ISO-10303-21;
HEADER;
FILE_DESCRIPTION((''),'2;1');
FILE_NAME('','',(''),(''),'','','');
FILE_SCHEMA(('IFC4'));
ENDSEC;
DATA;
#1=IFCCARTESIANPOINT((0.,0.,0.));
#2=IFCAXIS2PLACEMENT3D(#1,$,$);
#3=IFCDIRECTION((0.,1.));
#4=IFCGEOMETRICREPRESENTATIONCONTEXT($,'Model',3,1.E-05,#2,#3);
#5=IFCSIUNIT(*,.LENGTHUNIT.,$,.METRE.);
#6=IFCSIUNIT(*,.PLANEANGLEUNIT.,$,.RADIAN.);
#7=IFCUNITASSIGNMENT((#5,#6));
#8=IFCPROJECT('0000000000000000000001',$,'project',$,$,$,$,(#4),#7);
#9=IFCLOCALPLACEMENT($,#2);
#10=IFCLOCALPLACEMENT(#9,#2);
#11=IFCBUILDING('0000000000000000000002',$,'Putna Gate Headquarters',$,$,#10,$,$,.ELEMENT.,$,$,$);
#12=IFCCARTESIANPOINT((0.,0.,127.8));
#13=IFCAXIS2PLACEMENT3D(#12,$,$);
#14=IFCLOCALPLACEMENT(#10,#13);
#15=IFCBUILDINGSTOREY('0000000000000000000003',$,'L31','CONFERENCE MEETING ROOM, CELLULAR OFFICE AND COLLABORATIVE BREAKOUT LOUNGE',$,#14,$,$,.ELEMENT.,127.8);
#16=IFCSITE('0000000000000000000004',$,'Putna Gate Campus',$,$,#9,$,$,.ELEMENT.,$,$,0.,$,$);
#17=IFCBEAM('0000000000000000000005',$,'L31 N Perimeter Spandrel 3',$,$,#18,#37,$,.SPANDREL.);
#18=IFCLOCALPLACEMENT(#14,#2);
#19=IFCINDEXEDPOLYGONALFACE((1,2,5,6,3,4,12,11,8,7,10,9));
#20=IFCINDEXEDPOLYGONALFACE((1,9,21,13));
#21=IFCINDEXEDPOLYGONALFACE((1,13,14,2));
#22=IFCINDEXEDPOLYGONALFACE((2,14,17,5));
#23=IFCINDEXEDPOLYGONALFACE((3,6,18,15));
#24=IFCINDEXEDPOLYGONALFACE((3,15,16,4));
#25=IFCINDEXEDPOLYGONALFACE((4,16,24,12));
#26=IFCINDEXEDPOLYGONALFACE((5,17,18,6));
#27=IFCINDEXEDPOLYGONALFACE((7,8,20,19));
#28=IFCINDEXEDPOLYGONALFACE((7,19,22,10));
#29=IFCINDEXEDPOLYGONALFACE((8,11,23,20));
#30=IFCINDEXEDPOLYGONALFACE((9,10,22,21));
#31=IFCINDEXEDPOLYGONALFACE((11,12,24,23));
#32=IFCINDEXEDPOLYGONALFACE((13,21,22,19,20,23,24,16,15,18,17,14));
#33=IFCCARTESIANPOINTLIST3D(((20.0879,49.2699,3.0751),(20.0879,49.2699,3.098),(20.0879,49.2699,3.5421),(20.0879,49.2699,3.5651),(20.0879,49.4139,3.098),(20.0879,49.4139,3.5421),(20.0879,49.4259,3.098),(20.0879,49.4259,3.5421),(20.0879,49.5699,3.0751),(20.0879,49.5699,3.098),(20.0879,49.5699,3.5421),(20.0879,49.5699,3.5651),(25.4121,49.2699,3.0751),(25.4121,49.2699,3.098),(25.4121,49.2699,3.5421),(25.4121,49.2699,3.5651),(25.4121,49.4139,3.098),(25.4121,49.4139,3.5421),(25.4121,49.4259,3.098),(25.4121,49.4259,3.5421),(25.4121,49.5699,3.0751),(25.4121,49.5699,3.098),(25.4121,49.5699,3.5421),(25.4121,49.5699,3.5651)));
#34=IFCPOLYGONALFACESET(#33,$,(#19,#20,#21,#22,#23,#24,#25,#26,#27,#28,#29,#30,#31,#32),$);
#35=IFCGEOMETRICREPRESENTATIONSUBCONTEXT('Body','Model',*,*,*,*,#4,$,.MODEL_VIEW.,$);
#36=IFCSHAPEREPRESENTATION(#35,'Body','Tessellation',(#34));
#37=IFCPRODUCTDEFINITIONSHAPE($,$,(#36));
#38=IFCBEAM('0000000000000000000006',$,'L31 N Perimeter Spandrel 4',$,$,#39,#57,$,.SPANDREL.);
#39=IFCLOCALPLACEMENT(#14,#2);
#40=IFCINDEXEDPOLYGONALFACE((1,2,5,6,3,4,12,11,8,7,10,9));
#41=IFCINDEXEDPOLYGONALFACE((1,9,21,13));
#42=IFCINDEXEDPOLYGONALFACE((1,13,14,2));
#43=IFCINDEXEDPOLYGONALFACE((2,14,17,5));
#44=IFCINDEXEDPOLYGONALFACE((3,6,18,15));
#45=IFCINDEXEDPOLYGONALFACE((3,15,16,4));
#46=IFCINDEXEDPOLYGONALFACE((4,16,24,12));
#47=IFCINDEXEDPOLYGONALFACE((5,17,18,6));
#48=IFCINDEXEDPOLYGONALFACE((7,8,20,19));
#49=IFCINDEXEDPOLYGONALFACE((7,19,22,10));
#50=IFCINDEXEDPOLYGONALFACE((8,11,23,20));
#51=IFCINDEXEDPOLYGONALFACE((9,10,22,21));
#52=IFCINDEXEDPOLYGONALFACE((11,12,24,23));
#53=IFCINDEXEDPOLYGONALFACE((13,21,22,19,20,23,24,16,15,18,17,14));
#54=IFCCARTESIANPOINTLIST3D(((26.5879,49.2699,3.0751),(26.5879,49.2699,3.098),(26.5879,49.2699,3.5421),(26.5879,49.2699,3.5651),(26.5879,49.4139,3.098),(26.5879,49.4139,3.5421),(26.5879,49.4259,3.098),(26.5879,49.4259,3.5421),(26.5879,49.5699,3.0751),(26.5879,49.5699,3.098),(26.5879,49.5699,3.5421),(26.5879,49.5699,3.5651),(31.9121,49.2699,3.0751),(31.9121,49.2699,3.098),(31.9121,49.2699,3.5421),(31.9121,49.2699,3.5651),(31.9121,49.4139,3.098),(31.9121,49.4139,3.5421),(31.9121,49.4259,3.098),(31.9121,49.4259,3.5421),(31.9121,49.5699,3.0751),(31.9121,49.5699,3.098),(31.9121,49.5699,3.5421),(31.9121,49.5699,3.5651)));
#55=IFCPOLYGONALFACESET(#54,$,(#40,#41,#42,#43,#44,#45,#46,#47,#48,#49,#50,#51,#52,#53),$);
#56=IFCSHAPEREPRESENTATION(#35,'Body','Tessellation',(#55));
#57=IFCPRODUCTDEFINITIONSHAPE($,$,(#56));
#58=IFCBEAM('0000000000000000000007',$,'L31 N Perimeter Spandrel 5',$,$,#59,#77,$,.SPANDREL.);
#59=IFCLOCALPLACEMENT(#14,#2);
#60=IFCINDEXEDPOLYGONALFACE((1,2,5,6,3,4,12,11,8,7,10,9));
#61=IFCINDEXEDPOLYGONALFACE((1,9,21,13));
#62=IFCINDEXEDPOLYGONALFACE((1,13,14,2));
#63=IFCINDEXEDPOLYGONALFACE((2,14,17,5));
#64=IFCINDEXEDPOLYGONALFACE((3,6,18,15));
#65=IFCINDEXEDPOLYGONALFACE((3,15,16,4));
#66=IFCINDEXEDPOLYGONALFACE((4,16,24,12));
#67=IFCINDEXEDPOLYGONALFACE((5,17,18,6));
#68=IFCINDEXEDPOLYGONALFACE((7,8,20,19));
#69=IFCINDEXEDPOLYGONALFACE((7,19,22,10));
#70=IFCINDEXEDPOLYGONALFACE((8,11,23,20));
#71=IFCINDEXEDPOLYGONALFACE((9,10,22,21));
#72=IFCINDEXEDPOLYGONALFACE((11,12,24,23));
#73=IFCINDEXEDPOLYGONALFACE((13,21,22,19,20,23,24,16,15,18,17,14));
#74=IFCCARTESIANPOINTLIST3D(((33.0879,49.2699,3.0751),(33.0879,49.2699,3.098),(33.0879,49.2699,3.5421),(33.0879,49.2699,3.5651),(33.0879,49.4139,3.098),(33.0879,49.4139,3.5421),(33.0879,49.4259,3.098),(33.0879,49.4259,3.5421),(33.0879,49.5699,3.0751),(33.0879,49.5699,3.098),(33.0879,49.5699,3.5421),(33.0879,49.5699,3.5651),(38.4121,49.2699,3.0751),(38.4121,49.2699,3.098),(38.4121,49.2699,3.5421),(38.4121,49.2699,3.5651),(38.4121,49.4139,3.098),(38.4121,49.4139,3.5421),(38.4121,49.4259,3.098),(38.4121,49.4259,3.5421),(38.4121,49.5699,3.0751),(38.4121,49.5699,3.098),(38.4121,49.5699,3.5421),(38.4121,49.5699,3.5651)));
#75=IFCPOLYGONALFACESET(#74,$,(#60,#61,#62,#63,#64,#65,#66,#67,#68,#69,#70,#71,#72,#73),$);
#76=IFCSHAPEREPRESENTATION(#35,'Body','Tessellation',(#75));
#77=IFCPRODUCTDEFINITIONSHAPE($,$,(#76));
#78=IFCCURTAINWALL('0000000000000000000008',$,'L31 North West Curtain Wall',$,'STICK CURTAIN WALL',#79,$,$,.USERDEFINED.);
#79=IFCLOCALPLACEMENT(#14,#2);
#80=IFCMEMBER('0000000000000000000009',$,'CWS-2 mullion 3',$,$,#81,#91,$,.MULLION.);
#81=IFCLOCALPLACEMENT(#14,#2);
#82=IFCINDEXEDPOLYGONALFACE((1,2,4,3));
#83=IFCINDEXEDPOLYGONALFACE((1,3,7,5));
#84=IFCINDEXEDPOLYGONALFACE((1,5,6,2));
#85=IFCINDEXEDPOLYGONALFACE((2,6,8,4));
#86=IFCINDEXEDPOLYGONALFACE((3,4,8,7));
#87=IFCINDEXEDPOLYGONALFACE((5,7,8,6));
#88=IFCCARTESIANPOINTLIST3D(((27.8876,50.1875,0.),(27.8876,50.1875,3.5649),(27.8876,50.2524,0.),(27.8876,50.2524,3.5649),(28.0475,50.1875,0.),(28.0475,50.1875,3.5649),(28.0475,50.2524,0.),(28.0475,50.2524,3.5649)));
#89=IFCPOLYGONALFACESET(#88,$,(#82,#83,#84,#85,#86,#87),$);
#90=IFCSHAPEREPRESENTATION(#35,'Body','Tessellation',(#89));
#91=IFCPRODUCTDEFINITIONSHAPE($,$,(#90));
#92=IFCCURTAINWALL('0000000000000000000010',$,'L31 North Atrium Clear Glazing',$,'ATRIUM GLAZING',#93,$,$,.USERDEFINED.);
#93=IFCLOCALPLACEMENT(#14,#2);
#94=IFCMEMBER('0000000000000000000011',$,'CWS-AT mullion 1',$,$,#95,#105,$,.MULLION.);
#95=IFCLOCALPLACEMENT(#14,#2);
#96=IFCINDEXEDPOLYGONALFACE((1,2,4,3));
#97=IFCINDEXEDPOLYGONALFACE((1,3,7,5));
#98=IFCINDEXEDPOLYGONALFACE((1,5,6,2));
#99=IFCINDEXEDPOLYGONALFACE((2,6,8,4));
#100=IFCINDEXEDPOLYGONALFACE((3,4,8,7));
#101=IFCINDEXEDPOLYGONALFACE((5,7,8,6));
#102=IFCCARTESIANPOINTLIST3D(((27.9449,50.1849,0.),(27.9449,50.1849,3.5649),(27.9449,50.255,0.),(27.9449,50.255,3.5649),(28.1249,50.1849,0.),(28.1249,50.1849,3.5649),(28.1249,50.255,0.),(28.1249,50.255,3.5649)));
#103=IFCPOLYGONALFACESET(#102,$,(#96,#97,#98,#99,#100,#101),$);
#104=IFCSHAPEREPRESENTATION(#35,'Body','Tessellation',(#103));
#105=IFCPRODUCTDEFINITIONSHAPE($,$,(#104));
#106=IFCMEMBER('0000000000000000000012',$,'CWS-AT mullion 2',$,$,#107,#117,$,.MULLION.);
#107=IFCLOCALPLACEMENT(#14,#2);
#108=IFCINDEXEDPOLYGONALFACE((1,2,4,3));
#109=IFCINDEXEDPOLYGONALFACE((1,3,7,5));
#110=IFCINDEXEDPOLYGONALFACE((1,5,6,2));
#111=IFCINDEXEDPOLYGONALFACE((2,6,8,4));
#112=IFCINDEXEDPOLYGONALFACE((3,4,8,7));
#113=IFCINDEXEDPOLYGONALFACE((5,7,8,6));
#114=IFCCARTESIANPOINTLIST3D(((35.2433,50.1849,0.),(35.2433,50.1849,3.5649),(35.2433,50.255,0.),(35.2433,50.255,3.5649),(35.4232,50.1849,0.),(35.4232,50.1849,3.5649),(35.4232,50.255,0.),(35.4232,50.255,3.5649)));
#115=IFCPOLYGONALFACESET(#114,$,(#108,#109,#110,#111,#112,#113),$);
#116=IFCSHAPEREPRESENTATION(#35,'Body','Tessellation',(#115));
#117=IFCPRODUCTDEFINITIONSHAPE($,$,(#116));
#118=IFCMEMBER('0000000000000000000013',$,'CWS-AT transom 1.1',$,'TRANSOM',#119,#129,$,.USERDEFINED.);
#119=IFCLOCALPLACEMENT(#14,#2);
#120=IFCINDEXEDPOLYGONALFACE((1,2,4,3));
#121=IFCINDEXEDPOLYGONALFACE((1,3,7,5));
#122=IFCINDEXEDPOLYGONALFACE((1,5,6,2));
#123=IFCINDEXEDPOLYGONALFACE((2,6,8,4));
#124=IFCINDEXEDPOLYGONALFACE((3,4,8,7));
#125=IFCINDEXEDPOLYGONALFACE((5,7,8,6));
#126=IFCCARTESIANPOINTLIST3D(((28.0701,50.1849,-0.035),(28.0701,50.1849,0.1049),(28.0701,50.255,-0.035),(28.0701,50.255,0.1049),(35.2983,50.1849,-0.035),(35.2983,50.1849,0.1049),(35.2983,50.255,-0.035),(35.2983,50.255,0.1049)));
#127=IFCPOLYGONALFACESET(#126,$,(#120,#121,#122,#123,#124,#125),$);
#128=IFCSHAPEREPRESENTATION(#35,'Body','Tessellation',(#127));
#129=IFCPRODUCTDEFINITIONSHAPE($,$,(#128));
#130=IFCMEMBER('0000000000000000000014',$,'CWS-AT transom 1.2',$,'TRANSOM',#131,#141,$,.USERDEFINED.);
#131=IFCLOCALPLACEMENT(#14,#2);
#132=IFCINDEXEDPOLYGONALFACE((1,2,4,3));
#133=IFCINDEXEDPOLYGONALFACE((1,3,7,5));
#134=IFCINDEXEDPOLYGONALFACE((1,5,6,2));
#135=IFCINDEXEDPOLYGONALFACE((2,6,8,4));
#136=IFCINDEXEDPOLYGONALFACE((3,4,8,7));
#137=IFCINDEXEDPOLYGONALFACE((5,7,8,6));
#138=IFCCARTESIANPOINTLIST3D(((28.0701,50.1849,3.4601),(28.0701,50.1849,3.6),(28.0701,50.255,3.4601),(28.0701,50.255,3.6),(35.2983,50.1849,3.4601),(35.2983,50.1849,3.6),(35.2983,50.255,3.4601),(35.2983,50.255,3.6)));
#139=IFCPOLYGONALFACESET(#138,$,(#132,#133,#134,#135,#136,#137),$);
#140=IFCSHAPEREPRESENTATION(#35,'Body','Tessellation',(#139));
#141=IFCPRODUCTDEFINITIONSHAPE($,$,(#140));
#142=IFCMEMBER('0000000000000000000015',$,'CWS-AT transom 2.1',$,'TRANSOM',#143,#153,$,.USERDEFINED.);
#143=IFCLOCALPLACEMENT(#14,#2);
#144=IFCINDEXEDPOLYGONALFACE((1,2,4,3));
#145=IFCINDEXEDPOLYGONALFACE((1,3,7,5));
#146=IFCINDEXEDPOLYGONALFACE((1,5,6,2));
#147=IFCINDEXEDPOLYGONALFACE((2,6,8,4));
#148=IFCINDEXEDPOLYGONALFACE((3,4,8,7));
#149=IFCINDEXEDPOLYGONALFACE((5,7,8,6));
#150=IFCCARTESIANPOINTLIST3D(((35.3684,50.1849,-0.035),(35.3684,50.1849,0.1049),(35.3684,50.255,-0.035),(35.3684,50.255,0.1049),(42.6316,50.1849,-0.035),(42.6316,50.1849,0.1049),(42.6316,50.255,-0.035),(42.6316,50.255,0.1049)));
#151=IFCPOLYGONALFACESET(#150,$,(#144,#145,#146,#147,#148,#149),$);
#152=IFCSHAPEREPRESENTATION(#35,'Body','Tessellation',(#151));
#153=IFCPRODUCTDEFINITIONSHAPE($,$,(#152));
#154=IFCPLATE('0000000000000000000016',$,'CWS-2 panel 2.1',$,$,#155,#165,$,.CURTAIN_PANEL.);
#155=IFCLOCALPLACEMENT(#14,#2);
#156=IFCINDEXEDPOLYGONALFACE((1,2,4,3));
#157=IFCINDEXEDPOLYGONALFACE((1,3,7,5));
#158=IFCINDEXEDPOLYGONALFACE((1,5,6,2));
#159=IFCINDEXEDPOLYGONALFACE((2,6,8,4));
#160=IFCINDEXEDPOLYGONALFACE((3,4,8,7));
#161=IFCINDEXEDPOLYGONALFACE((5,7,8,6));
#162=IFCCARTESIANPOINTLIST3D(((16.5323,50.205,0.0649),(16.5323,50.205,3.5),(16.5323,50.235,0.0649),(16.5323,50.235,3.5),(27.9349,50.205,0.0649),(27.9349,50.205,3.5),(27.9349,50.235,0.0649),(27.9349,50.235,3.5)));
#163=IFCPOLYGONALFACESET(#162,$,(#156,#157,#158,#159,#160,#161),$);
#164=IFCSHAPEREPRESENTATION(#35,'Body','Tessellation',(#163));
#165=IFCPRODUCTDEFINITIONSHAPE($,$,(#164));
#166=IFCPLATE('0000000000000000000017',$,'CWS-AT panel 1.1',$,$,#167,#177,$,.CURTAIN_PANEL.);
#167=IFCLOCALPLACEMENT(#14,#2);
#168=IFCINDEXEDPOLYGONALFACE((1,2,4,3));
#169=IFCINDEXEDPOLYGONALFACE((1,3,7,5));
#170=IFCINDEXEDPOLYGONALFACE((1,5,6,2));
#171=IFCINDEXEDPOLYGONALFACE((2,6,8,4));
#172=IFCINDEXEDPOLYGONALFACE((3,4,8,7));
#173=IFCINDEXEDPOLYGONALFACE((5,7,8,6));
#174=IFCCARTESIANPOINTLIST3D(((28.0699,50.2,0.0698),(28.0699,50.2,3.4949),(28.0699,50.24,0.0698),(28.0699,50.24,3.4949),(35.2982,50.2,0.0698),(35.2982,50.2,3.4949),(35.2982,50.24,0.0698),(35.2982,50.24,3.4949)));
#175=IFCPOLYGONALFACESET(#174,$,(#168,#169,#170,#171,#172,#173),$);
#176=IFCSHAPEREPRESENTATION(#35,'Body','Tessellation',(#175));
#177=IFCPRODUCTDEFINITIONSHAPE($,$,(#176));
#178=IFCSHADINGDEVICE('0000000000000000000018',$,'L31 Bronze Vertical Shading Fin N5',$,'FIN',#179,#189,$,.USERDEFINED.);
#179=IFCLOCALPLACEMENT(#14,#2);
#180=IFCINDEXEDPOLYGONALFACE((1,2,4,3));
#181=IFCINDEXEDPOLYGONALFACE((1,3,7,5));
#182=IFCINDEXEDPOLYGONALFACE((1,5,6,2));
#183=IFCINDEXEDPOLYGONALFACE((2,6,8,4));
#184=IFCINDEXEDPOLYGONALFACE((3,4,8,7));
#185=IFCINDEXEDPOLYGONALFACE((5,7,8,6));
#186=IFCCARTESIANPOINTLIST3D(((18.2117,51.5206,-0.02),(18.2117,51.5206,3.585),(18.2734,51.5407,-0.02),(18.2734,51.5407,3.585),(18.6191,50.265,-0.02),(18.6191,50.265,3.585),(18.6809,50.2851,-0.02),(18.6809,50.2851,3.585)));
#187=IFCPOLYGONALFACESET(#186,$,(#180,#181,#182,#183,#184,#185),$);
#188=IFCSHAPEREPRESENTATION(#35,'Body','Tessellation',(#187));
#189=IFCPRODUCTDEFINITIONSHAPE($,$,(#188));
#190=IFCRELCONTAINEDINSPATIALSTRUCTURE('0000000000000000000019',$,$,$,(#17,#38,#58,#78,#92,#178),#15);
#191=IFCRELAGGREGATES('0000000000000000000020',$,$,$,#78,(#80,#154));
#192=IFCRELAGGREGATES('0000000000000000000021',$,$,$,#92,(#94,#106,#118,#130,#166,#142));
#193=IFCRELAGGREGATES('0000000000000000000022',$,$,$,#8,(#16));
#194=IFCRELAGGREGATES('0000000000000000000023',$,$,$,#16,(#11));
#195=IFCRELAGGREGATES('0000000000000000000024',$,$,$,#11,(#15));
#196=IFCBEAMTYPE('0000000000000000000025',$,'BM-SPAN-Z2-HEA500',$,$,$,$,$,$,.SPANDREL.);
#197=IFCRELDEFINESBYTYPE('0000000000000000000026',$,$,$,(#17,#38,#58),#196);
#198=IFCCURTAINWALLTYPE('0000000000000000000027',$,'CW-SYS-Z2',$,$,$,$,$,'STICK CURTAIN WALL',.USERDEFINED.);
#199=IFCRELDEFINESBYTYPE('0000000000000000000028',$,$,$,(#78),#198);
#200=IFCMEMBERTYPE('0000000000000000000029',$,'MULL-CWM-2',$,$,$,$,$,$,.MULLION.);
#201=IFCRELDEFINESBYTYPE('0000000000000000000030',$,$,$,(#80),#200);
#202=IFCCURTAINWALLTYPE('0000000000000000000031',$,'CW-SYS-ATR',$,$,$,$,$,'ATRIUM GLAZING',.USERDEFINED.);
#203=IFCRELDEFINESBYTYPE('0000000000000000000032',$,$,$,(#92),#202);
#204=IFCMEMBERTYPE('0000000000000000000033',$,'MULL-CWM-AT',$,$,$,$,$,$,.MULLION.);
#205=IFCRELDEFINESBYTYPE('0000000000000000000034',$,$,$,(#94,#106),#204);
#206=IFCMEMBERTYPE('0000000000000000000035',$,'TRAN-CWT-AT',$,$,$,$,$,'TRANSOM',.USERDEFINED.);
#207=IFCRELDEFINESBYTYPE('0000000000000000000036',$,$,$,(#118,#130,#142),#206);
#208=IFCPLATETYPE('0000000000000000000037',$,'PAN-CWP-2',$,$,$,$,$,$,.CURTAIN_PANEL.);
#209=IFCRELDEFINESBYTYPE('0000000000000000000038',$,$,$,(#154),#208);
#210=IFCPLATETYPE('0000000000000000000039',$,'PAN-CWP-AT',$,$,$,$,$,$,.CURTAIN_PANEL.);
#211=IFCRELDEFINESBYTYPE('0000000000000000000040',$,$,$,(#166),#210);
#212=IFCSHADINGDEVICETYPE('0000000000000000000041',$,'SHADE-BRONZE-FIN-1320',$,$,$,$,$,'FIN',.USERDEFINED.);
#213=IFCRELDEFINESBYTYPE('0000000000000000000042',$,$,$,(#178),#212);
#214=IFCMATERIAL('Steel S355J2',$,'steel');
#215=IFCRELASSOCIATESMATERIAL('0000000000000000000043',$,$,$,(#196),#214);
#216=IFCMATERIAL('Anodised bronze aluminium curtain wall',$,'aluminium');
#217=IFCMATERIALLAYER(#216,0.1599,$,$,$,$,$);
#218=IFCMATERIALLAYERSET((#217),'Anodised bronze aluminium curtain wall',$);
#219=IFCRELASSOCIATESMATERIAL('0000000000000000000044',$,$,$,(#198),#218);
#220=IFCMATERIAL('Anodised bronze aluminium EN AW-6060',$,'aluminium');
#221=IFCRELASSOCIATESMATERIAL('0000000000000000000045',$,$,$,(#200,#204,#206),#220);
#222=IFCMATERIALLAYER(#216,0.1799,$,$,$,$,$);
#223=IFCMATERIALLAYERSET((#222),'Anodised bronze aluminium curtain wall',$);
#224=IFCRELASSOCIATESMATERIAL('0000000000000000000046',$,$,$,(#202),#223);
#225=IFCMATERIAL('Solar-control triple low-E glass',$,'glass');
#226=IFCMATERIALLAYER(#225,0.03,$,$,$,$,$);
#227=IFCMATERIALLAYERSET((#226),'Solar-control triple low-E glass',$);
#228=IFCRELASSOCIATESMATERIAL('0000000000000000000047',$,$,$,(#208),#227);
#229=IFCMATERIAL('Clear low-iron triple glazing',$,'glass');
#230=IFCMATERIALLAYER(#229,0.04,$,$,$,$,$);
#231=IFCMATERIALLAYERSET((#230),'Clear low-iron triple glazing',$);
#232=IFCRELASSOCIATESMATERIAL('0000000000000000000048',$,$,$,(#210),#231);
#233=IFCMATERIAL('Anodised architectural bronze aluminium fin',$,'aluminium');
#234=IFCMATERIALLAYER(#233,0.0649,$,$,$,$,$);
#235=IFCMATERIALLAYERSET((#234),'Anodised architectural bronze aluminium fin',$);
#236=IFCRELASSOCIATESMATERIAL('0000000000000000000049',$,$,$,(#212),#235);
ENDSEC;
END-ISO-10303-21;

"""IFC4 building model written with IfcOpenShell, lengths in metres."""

from ifc_helpers import new_model, si_unit, direction, frame, origin, origin_2d, place, context, subcontext, project, spatial, rectangle, i_section, extrude, material, layer, layer_set, material_profile, profile_set, type_object, element, aggregate, save


model = new_model("IFC4")

# Units and contexts
model_context = context("Model", 3, precision=1e-05, world=origin(), true_north=direction((0.0, 1.0)))
body_context = subcontext(model_context, "Body", "Model", "MODEL_VIEW")
ifc_project = project(units=[si_unit("LENGTHUNIT", "METRE"), si_unit("PLANEANGLEUNIT", "RADIAN")], contexts=[model_context])

# Site, building, storey
site_placement = place(None, origin())
site = spatial("IfcSite", under=ifc_project, at=site_placement, Name="Putna Gate Campus", CompositionType="ELEMENT", RefElevation=0.0)
building_placement = place(site_placement, origin())
building = spatial("IfcBuilding", under=site, at=building_placement, Name="Putna Gate Headquarters", CompositionType="ELEMENT")
storey_placement = place(building_placement, frame((0.0, 0.0, 127.8)))
storey = spatial("IfcBuildingStorey", under=building, at=storey_placement, Name="L31", Description="CONFERENCE MEETING ROOM, CELLULAR OFFICE AND COLLABORATIVE BREAKOUT LOUNGE", CompositionType="ELEMENT", Elevation=127.8)

# Beams
ifc_material_1 = material(Name="Steel S355J2", Category="steel")
ifc_material_profile_1 = material_profile(ifc_material_1, i_section(OverallWidth=0.3, OverallDepth=0.49, WebThickness=0.012, FlangeThickness=0.0229, at=origin_2d()), Name="Steel S355J2")
ifc_profile_set_1 = profile_set([ifc_material_profile_1], Name="Steel S355J2")
beam_type_1 = type_object("IfcBeamType", Name="BM-SPAN-Z2-HEA500", PredefinedType="SPANDREL", material=ifc_profile_set_1)
for number, where, z_axis, x_axis, name in (
    (1, (20.0879, 49.4199, 3.3201), (1.0, 0.0, 0.0), (0.0, 1.0, 0.0), "L31 N Perimeter Spandrel 3"),
    (2, (26.5879, 49.4199, 3.3201), (1.0, 0.0, 0.0), (0.0, 1.0, 0.0), "L31 N Perimeter Spandrel 4"),
    (3, (33.0879, 49.4199, 3.3201), (1.0, 0.0, 0.0), (0.0, 1.0, 0.0), "L31 N Perimeter Spandrel 5"),
):
    element("IfcBeam", number, at=place(storey_placement, frame(where, z_axis=z_axis, x_axis=x_axis)), inside=storey, type_object=beam_type_1, Name=name, PredefinedType="SPANDREL", context=body_context, shape_type="SweptSolid", body=[
        extrude(i_section(OverallWidth=0.3, OverallDepth=0.49, WebThickness=0.012, FlangeThickness=0.0229, at=origin_2d()), origin(), (0.0, 0.0, 1.0), 5.3242),
    ])

# Curtain wall, member
ifc_material_2 = material(Name="Anodised bronze aluminium curtain wall", Category="aluminium")
ifc_layer_1 = layer(ifc_material_2, 0.1599)
ifc_layer_set_1 = layer_set([ifc_layer_1], Name="Anodised bronze aluminium curtain wall")
curtain_wall_type_1 = type_object("IfcCurtainWallType", Name="CW-SYS-Z2", ElementType="STICK CURTAIN WALL", PredefinedType="USERDEFINED", material=ifc_layer_set_1)
curtain_wall_1_placement = place(storey_placement, origin())
curtain_wall_1 = element("IfcCurtainWall", 4, at=curtain_wall_1_placement, inside=storey, type_object=curtain_wall_type_1, Name="L31 North West Curtain Wall", ObjectType="STICK CURTAIN WALL", PredefinedType="USERDEFINED")
ifc_material_3 = material(Name="Anodised bronze aluminium EN AW-6060", Category="aluminium")
ifc_material_profile_2 = material_profile(ifc_material_3, rectangle(XDim=0.0649, YDim=0.1599, at=origin_2d()), Name="Anodised bronze aluminium EN AW-6060")
ifc_profile_set_2 = profile_set([ifc_material_profile_2], Name="Anodised bronze aluminium EN AW-6060")
member_type_1 = type_object("IfcMemberType", Name="MULL-CWM-2", PredefinedType="MULLION", material=ifc_profile_set_2)
member_1_placement = place(storey_placement, frame((27.9675, 50.22, 0.0), z_axis=(0.0, 0.0, 1.0), x_axis=(0.0, 1.0, 0.0)))
member_1 = element("IfcMember", 5, at=member_1_placement, type_object=member_type_1, Name="CWS-2 mullion 3", PredefinedType="MULLION", context=body_context, shape_type="SweptSolid", body=[
    extrude(rectangle(XDim=0.0649, YDim=0.1599, at=origin_2d()), origin(), (0.0, 0.0, 1.0), 3.5649),
])

# Curtain wall, members
ifc_layer_2 = layer(ifc_material_2, 0.1799)
ifc_layer_set_2 = layer_set([ifc_layer_2], Name="Anodised bronze aluminium curtain wall")
curtain_wall_type_2 = type_object("IfcCurtainWallType", Name="CW-SYS-ATR", ElementType="ATRIUM GLAZING", PredefinedType="USERDEFINED", material=ifc_layer_set_2)
curtain_wall_2_placement = place(storey_placement, origin())
curtain_wall_2 = element("IfcCurtainWall", 6, at=curtain_wall_2_placement, inside=storey, type_object=curtain_wall_type_2, Name="L31 North Atrium Clear Glazing", ObjectType="ATRIUM GLAZING", PredefinedType="USERDEFINED")
ifc_material_profile_3 = material_profile(ifc_material_3, rectangle(XDim=0.0701, YDim=0.1799, at=origin_2d()), Name="Anodised bronze aluminium EN AW-6060")
ifc_profile_set_3 = profile_set([ifc_material_profile_3], Name="Anodised bronze aluminium EN AW-6060")
member_type_2 = type_object("IfcMemberType", Name="MULL-CWM-AT", PredefinedType="MULLION", material=ifc_profile_set_3)
member_2_placement = place(storey_placement, frame((28.0349, 50.22, 0.0), z_axis=(0.0, 0.0, 1.0), x_axis=(0.0, 1.0, 0.0)))
member_2 = element("IfcMember", 7, at=member_2_placement, type_object=member_type_2, Name="CWS-AT mullion 1", PredefinedType="MULLION", context=body_context, shape_type="SweptSolid", body=[
    extrude(rectangle(XDim=0.0701, YDim=0.1799, at=origin_2d()), origin(), (0.0, 0.0, 1.0), 3.5649),
])
member_3_placement = place(storey_placement, frame((35.3333, 50.22, 0.0), z_axis=(0.0, 0.0, 1.0), x_axis=(0.0, 1.0, 0.0)))
member_3 = element("IfcMember", 8, at=member_3_placement, type_object=member_type_2, Name="CWS-AT mullion 2", PredefinedType="MULLION", context=body_context, shape_type="SweptSolid", body=[
    extrude(rectangle(XDim=0.0701, YDim=0.1799, at=origin_2d()), origin(), (0.0, 0.0, 1.0), 3.5649),
])
ifc_material_profile_4 = material_profile(ifc_material_3, rectangle(XDim=0.0701, YDim=0.1399, at=origin_2d()), Name="Anodised bronze aluminium EN AW-6060")
ifc_profile_set_4 = profile_set([ifc_material_profile_4], Name="Anodised bronze aluminium EN AW-6060")
member_type_3 = type_object("IfcMemberType", Name="TRAN-CWT-AT", ElementType="TRANSOM", PredefinedType="USERDEFINED", material=ifc_profile_set_4)
member_4_placement = place(storey_placement, frame((28.0701, 50.22, 0.0349), z_axis=(1.0, 0.0, 0.0), x_axis=(0.0, 1.0, 0.0)))
member_4 = element("IfcMember", 9, at=member_4_placement, type_object=member_type_3, Name="CWS-AT transom 1.1", ObjectType="TRANSOM", PredefinedType="USERDEFINED", context=body_context, shape_type="SweptSolid", body=[
    extrude(rectangle(XDim=0.0701, YDim=0.1399, at=origin_2d()), origin(), (0.0, 0.0, 1.0), 7.2283),
])
member_5_placement = place(storey_placement, frame((28.0701, 50.22, 3.53), z_axis=(1.0, 0.0, 0.0), x_axis=(0.0, 1.0, 0.0)))
member_5 = element("IfcMember", 10, at=member_5_placement, type_object=member_type_3, Name="CWS-AT transom 1.2", ObjectType="TRANSOM", PredefinedType="USERDEFINED", context=body_context, shape_type="SweptSolid", body=[
    extrude(rectangle(XDim=0.0701, YDim=0.1399, at=origin_2d()), origin(), (0.0, 0.0, 1.0), 7.2283),
])
member_6_placement = place(storey_placement, frame((35.3684, 50.22, 0.0349), z_axis=(1.0, 0.0, 0.0), x_axis=(0.0, 1.0, 0.0)))
member_6 = element("IfcMember", 11, at=member_6_placement, type_object=member_type_3, Name="CWS-AT transom 2.1", ObjectType="TRANSOM", PredefinedType="USERDEFINED", context=body_context, shape_type="SweptSolid", body=[
    extrude(rectangle(XDim=0.0701, YDim=0.1399, at=origin_2d()), origin(), (0.0, 0.0, 1.0), 7.2632),
])

# Plates
ifc_material_4 = material(Name="Solar-control triple low-E glass", Category="glass")
ifc_layer_3 = layer(ifc_material_4, 0.03)
ifc_layer_set_3 = layer_set([ifc_layer_3], Name="Solar-control triple low-E glass")
plate_type_1 = type_object("IfcPlateType", Name="PAN-CWP-2", PredefinedType="CURTAIN_PANEL", material=ifc_layer_set_3)
plate_1_placement = place(storey_placement, frame((22.2336, 50.22, 0.0649), z_axis=(0.0, 0.0, 1.0), x_axis=(1.0, 0.0, 0.0)))
plate_1 = element("IfcPlate", 12, at=plate_1_placement, type_object=plate_type_1, Name="CWS-2 panel 2.1", PredefinedType="CURTAIN_PANEL", context=body_context, shape_type="SweptSolid", body=[
    extrude(rectangle(XDim=11.4026, YDim=0.03, at=origin_2d()), origin(), (0.0, 0.0, 1.0), 3.4351),
])
aggregate(curtain_wall_1, [member_1, plate_1])
ifc_material_5 = material(Name="Clear low-iron triple glazing", Category="glass")
ifc_layer_4 = layer(ifc_material_5, 0.04)
ifc_layer_set_4 = layer_set([ifc_layer_4], Name="Clear low-iron triple glazing")
plate_type_2 = type_object("IfcPlateType", Name="PAN-CWP-AT", PredefinedType="CURTAIN_PANEL", material=ifc_layer_set_4)
plate_2_placement = place(storey_placement, frame((31.6841, 50.22, 0.0698), z_axis=(0.0, 0.0, 1.0), x_axis=(1.0, 0.0, 0.0)))
plate_2 = element("IfcPlate", 13, at=plate_2_placement, type_object=plate_type_2, Name="CWS-AT panel 1.1", PredefinedType="CURTAIN_PANEL", context=body_context, shape_type="SweptSolid", body=[
    extrude(rectangle(XDim=7.2283, YDim=0.04, at=origin_2d()), origin(), (0.0, 0.0, 1.0), 3.425),
])
aggregate(curtain_wall_2, [member_2, member_3, member_4, member_5, plate_2, member_6])

# Shading device
ifc_material_6 = material(Name="Anodised architectural bronze aluminium fin", Category="aluminium")
ifc_layer_5 = layer(ifc_material_6, 0.0649)
ifc_layer_set_5 = layer_set([ifc_layer_5], Name="Anodised architectural bronze aluminium fin")
shading_device_type = type_object("IfcShadingDeviceType", Name="SHADE-BRONZE-FIN-1320", ElementType="FIN", PredefinedType="USERDEFINED", material=ifc_layer_set_5)
for number, where, z_axis, x_axis, name in (
    (14, (18.4463, 50.9028, -0.02), (0.0, 0.0, 1.0), (-0.308685, 0.951164, 0.0), "L31 Bronze Vertical Shading Fin N5"),
):
    element("IfcShadingDevice", number, at=place(storey_placement, frame(where, z_axis=z_axis, x_axis=x_axis)), inside=storey, type_object=shading_device_type, Name=name, ObjectType="FIN", PredefinedType="USERDEFINED", context=body_context, shape_type="SweptSolid", body=[
        extrude(rectangle(XDim=1.3201, YDim=0.0649, at=origin_2d()), origin(), (0.0, 0.0, 1.0), 3.605),
    ])

save(model, "model.ifc")
